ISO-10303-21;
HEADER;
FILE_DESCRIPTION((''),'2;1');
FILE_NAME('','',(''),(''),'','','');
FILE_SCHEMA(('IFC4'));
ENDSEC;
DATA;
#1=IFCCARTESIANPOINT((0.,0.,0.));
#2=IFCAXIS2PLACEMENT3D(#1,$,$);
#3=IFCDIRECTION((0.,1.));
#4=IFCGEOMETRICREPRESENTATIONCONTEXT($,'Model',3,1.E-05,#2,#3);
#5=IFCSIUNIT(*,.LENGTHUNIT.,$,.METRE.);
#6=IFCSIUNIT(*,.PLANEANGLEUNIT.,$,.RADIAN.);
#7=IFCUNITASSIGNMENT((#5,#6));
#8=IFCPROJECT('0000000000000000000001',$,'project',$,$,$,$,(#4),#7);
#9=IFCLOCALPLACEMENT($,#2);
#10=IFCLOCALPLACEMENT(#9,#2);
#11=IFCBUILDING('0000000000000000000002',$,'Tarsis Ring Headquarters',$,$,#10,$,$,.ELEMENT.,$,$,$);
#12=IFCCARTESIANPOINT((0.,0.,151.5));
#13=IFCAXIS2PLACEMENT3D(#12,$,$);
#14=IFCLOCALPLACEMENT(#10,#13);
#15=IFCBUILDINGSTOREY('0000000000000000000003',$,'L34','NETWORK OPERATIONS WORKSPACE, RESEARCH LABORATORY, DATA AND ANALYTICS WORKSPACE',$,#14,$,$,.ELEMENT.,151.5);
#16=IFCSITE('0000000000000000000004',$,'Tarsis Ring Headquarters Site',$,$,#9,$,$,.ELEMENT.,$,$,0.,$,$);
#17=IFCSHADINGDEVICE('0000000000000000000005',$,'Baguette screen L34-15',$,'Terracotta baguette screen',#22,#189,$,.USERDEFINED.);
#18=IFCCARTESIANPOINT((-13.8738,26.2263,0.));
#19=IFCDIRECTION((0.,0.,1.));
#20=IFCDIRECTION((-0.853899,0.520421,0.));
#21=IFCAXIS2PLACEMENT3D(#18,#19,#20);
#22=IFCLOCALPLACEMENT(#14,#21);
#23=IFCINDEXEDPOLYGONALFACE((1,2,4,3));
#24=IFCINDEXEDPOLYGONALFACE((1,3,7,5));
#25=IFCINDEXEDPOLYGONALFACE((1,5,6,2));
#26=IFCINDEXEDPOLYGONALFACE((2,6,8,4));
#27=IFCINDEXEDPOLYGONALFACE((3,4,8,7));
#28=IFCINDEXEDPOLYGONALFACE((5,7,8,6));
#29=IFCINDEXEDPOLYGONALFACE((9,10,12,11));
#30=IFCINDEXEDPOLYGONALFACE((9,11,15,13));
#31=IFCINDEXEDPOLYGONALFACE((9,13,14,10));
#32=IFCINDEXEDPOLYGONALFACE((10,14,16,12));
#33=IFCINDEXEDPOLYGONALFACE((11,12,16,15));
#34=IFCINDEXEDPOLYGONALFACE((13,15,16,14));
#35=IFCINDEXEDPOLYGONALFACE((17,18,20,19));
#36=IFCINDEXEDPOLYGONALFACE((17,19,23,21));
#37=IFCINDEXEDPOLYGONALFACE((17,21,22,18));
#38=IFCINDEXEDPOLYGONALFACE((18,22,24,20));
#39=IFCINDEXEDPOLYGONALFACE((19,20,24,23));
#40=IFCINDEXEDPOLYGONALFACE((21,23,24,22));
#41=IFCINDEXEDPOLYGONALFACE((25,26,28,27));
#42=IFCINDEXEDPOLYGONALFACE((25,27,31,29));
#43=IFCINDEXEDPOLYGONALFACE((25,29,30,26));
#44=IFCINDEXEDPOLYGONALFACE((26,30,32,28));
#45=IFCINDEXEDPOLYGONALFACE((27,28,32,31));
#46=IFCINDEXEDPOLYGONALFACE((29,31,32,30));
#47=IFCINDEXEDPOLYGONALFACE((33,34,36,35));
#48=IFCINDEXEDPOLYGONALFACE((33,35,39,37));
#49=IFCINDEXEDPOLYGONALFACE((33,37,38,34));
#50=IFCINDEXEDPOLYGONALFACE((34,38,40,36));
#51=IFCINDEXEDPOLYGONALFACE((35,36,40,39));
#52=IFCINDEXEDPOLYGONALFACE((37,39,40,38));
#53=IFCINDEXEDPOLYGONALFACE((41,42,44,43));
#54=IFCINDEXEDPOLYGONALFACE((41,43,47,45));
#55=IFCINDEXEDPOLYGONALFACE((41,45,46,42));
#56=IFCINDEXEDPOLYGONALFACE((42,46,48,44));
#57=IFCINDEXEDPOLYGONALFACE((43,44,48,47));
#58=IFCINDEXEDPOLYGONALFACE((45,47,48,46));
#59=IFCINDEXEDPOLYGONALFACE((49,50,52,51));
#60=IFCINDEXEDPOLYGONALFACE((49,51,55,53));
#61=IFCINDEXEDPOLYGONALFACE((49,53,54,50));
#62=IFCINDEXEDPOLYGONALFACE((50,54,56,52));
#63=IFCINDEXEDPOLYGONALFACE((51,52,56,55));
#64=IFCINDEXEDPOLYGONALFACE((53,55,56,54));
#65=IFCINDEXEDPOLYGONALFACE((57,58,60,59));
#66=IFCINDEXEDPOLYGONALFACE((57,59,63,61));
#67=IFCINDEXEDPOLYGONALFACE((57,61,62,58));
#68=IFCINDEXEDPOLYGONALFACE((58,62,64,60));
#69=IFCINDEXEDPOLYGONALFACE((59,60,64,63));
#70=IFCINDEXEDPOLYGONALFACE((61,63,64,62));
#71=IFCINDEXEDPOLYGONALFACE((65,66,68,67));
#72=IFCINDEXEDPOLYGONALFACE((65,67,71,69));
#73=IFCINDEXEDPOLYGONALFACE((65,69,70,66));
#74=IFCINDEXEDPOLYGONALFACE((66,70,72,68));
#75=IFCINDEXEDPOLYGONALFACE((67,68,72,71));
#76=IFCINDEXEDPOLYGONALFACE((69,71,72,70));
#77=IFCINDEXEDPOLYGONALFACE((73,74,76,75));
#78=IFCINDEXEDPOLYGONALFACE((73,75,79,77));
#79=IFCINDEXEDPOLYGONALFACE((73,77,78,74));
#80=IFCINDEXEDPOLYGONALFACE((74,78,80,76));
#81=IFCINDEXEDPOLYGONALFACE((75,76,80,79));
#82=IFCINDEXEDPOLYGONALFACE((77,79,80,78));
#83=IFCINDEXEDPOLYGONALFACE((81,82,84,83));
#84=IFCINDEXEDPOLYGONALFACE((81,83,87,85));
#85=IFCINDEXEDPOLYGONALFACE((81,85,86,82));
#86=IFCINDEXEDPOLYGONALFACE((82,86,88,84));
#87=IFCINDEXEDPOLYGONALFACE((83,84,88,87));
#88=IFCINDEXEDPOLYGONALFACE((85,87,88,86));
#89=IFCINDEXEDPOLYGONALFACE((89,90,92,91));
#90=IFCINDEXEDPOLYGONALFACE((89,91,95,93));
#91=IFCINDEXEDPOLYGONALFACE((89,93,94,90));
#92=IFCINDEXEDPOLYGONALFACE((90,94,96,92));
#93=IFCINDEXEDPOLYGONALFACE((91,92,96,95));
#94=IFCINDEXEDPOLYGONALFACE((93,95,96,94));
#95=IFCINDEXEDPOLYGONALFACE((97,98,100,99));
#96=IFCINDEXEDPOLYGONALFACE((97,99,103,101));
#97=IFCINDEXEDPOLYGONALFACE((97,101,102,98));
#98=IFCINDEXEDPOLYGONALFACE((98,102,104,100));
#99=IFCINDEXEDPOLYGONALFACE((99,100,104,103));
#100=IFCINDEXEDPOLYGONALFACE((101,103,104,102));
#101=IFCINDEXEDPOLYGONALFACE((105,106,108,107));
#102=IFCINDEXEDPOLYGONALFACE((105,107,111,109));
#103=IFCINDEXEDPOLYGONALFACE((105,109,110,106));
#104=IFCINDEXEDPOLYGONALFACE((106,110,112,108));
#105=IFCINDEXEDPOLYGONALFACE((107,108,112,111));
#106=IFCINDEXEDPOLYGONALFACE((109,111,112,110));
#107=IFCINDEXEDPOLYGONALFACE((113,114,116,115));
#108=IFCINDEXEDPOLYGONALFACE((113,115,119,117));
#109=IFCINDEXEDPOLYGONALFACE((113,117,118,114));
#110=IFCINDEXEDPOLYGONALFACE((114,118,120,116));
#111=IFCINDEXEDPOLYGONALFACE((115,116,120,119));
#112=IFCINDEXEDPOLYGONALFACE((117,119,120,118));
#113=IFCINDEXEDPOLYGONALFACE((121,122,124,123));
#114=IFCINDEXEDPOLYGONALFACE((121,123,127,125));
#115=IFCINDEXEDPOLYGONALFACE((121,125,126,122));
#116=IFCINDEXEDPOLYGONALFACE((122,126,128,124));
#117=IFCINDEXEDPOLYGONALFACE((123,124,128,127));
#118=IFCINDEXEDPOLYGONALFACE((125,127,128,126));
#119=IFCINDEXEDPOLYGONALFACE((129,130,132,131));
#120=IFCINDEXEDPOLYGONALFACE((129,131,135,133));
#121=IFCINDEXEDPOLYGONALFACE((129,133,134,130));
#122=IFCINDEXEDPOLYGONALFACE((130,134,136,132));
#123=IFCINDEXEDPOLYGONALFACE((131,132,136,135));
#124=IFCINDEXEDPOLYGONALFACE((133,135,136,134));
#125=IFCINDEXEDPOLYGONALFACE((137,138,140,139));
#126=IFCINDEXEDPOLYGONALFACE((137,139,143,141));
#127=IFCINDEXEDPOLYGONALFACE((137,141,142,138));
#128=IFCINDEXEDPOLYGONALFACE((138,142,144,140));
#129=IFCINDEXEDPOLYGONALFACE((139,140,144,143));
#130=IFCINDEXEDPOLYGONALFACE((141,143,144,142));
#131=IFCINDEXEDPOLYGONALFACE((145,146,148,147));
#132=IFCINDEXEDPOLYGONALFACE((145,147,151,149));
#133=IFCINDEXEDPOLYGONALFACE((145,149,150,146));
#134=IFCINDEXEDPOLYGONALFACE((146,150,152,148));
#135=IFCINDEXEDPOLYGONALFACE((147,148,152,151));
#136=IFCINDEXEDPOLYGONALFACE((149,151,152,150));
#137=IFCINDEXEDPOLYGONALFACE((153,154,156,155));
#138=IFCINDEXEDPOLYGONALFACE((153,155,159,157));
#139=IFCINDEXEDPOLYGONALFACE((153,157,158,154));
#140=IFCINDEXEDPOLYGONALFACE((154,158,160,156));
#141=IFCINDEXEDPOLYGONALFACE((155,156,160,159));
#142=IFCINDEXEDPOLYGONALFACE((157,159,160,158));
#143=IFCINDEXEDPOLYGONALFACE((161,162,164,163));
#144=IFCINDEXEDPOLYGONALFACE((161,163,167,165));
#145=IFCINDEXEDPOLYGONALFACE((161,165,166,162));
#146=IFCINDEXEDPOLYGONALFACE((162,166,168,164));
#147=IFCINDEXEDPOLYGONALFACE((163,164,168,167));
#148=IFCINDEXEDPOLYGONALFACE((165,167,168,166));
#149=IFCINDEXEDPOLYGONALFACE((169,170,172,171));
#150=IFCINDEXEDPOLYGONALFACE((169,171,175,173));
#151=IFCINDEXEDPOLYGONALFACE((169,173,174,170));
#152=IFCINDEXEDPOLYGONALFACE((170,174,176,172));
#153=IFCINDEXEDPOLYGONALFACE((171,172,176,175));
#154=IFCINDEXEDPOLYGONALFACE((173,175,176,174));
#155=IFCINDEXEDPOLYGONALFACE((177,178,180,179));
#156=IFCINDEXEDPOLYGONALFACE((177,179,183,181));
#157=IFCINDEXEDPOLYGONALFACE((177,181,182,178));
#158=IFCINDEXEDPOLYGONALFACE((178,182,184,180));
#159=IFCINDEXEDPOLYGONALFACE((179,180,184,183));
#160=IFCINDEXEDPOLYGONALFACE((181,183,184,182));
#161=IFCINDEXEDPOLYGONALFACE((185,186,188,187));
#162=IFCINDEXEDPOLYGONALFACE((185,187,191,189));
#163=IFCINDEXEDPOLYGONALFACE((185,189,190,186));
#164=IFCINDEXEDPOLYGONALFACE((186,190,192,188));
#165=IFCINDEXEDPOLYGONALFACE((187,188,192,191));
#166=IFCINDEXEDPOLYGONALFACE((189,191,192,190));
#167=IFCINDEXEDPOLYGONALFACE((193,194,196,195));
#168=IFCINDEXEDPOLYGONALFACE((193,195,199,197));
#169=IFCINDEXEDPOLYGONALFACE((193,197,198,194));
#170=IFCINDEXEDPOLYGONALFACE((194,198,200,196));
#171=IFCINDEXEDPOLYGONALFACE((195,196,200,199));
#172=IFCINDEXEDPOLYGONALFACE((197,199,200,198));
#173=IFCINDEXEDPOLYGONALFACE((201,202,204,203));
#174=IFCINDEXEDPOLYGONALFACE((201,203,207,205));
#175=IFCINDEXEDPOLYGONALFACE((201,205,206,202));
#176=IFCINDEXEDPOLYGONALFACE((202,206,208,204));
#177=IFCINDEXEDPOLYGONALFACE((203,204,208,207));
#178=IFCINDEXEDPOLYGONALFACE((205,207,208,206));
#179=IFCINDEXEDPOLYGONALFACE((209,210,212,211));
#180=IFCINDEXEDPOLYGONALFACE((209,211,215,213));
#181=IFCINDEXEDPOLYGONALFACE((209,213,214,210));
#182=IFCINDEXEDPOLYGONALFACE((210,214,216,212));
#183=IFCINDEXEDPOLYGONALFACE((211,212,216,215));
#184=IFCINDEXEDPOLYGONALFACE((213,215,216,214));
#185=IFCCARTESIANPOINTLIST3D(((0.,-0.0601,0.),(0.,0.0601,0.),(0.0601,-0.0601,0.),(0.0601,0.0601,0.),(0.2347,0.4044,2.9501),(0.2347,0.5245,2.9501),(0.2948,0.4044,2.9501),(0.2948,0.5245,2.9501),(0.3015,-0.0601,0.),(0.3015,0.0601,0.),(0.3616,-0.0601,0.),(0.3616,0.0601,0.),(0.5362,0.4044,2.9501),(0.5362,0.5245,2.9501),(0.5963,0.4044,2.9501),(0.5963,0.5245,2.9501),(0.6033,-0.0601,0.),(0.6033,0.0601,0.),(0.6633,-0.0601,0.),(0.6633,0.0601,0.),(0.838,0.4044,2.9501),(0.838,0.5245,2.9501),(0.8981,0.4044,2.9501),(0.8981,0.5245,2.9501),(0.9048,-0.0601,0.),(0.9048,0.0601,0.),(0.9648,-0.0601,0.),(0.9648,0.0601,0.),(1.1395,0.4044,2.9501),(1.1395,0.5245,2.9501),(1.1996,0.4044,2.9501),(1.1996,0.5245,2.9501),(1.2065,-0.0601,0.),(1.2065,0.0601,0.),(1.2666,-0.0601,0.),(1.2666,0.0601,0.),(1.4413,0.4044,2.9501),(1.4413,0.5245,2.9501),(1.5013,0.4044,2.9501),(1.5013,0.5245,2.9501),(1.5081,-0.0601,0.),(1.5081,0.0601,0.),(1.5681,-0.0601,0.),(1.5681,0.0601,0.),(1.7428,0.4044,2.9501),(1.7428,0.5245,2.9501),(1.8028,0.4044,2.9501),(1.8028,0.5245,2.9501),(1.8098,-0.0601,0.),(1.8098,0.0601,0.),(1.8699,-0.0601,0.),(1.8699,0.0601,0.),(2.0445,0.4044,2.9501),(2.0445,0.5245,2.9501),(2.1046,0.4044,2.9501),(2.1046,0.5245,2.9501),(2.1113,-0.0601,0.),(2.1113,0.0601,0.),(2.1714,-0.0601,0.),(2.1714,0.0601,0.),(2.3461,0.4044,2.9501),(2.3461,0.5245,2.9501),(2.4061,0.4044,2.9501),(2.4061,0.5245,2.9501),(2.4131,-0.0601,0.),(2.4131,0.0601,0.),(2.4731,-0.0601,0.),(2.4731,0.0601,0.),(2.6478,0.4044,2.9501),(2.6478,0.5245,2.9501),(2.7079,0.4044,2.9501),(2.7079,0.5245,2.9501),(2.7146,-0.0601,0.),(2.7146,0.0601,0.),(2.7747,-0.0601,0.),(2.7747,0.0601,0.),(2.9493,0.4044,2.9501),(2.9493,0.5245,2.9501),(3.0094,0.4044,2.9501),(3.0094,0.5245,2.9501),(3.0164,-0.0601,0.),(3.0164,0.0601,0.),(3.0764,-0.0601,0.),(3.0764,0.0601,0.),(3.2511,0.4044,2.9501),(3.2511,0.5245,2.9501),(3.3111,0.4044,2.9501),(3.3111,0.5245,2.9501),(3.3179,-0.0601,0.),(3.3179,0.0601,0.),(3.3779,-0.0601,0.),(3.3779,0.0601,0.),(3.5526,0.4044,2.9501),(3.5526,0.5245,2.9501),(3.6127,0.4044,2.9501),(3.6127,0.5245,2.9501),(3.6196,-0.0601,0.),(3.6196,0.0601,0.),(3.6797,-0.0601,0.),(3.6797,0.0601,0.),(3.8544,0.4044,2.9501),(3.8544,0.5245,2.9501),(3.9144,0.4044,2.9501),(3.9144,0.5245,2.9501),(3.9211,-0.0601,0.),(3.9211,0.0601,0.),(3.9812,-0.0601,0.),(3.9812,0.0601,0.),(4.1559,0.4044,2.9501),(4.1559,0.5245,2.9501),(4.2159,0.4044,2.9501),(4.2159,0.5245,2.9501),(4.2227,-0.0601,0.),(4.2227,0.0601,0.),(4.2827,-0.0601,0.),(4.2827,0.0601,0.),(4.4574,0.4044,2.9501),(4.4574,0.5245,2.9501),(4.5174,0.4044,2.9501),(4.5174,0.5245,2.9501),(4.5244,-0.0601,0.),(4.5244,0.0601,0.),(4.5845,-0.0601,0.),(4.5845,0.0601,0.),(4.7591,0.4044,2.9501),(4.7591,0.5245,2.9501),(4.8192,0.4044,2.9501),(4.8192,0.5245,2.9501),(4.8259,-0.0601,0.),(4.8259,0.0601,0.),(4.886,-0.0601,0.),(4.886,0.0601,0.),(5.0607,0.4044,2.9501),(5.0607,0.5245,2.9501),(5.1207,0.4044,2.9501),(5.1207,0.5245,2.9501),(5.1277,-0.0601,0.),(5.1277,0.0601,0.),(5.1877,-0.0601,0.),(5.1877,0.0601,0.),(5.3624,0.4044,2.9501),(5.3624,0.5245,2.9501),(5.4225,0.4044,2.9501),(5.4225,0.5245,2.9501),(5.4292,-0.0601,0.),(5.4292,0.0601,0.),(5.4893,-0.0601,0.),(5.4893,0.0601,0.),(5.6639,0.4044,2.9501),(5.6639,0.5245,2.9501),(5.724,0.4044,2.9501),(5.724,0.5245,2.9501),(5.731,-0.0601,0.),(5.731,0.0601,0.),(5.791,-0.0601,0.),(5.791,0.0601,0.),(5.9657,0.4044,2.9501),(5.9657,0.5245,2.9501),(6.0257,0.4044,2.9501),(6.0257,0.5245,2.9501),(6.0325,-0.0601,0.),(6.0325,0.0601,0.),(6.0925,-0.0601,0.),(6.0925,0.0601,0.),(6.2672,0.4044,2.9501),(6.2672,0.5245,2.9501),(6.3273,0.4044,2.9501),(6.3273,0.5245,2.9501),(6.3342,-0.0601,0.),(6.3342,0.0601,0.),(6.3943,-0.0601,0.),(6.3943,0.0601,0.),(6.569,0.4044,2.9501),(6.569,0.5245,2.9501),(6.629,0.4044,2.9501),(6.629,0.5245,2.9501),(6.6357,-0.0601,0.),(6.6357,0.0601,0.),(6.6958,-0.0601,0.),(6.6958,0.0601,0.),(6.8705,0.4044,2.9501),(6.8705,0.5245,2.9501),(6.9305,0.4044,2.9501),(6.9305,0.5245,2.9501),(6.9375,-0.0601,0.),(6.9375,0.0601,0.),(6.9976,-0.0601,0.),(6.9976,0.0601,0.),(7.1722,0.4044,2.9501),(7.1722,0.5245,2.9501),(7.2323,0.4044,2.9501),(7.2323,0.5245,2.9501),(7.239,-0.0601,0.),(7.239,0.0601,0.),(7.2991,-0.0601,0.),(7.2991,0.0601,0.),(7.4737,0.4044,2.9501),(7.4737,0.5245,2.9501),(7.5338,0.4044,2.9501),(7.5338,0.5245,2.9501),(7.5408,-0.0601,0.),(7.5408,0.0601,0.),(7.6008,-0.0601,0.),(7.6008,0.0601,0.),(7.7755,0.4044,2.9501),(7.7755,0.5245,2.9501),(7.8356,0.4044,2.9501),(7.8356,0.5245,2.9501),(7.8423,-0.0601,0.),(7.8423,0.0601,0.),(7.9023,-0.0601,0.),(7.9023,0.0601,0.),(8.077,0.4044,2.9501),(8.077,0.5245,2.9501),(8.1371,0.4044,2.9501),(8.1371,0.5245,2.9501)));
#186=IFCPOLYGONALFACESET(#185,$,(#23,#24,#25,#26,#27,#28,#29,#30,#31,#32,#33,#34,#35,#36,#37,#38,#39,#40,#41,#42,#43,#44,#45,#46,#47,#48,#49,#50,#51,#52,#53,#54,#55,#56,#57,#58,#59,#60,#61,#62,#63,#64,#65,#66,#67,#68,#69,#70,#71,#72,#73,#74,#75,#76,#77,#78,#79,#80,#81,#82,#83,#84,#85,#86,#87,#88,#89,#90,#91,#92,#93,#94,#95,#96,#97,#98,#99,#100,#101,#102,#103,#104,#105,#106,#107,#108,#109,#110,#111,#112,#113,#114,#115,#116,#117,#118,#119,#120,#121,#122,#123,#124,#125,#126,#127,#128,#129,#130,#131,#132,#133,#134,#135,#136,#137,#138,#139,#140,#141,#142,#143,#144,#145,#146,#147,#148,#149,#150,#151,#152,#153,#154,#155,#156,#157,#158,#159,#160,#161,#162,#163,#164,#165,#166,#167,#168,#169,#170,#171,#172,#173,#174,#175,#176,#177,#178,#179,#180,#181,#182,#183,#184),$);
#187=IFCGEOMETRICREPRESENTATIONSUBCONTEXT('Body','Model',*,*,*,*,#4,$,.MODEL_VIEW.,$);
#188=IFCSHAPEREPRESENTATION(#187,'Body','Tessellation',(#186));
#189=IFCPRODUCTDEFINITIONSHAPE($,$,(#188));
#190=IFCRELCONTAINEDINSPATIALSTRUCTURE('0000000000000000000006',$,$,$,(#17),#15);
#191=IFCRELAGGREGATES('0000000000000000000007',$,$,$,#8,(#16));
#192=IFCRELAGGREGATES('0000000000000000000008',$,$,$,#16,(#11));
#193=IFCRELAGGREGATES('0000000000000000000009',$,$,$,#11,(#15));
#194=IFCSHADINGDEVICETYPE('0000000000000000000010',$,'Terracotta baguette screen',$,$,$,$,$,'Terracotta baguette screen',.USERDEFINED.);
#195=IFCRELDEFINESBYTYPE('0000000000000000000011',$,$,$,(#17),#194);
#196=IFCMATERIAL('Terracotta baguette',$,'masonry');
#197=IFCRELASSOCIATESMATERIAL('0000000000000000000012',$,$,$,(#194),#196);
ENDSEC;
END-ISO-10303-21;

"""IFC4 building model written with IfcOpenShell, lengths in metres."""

from ifc_helpers import new_model, si_unit, direction, frame, frame_2d, origin, place, context, subcontext, project, spatial, rectangle, composite_profile, extrude, material, type_object, element, save


model = new_model("IFC4")

# Units and contexts
model_context = context("Model", 3, precision=1e-05, world=origin(), true_north=direction((0.0, 1.0)))
body_context = subcontext(model_context, "Body", "Model", "MODEL_VIEW")
ifc_project = project(units=[si_unit("LENGTHUNIT", "METRE"), si_unit("PLANEANGLEUNIT", "RADIAN")], contexts=[model_context])

# Site, building, storey
site_placement = place(None, origin())
site = spatial("IfcSite", under=ifc_project, at=site_placement, Name="Tarsis Ring Headquarters Site", CompositionType="ELEMENT", RefElevation=0.0)
building_placement = place(site_placement, origin())
building = spatial("IfcBuilding", under=site, at=building_placement, Name="Tarsis Ring Headquarters", CompositionType="ELEMENT")
storey_placement = place(building_placement, frame((0.0, 0.0, 151.5)))
storey = spatial("IfcBuildingStorey", under=building, at=storey_placement, Name="L34", Description="NETWORK OPERATIONS WORKSPACE, RESEARCH LABORATORY, DATA AND ANALYTICS WORKSPACE", CompositionType="ELEMENT", Elevation=151.5)

# Shading device
ifc_material_1 = material(Name="Terracotta baguette", Category="masonry")
shading_device_type_1 = type_object("IfcShadingDeviceType", Name="Terracotta baguette screen", ElementType="Terracotta baguette screen", PredefinedType="USERDEFINED", material=ifc_material_1)
shading_device_1_placement = place(storey_placement, frame((-13.8738, 26.2263, 0.0), z_axis=(0.0, 0.0, 1.0), x_axis=(-0.853899, 0.520421, 0.0)))
element("IfcShadingDevice", 1, at=shading_device_1_placement, inside=storey, type_object=shading_device_type_1, Name="Baguette screen L34-15", ObjectType="Terracotta baguette screen", PredefinedType="USERDEFINED", context=body_context, shape_type="SweptSolid", body=[
    extrude(composite_profile([rectangle(XDim=0.0601, YDim=0.1201, at=frame_2d((0.03, 0.0))), rectangle(XDim=0.0601, YDim=0.1201, at=frame_2d((0.3315, 0.0))), rectangle(XDim=0.0601, YDim=0.1201, at=frame_2d((0.6333, 0.0))), rectangle(XDim=0.0601, YDim=0.1201, at=frame_2d((0.9348, 0.0))), rectangle(XDim=0.0601, YDim=0.1201, at=frame_2d((1.2366, 0.0))), rectangle(XDim=0.0601, YDim=0.1201, at=frame_2d((1.5381, 0.0))), rectangle(XDim=0.0601, YDim=0.1201, at=frame_2d((1.8398, 0.0))), rectangle(XDim=0.0601, YDim=0.1201, at=frame_2d((2.1414, 0.0))), rectangle(XDim=0.0601, YDim=0.1201, at=frame_2d((2.4431, 0.0))), rectangle(XDim=0.0601, YDim=0.1201, at=frame_2d((2.7446, 0.0))), rectangle(XDim=0.0601, YDim=0.1201, at=frame_2d((3.0464, 0.0))), rectangle(XDim=0.0601, YDim=0.1201, at=frame_2d((3.3479, 0.0))), rectangle(XDim=0.0601, YDim=0.1201, at=frame_2d((3.6497, 0.0))), rectangle(XDim=0.0601, YDim=0.1201, at=frame_2d((3.9512, 0.0))), rectangle(XDim=0.0601, YDim=0.1201, at=frame_2d((4.2527, 0.0))), rectangle(XDim=0.0601, YDim=0.1201, at=frame_2d((4.5544, 0.0))), rectangle(XDim=0.0601, YDim=0.1201, at=frame_2d((4.856, 0.0))), rectangle(XDim=0.0601, YDim=0.1201, at=frame_2d((5.1577, 0.0))), rectangle(XDim=0.0601, YDim=0.1201, at=frame_2d((5.4592, 0.0))), rectangle(XDim=0.0601, YDim=0.1201, at=frame_2d((5.761, 0.0))), rectangle(XDim=0.0601, YDim=0.1201, at=frame_2d((6.0625, 0.0))), rectangle(XDim=0.0601, YDim=0.1201, at=frame_2d((6.3643, 0.0))), rectangle(XDim=0.0601, YDim=0.1201, at=frame_2d((6.6658, 0.0))), rectangle(XDim=0.0601, YDim=0.1201, at=frame_2d((6.9675, 0.0))), rectangle(XDim=0.0601, YDim=0.1201, at=frame_2d((7.269, 0.0))), rectangle(XDim=0.0601, YDim=0.1201, at=frame_2d((7.5708, 0.0))), rectangle(XDim=0.0601, YDim=0.1201, at=frame_2d((7.8723, 0.0)))]), origin(), (0.078357, 0.155032, 0.984797), 2.9956),
])

save(model, "model.ifc")
